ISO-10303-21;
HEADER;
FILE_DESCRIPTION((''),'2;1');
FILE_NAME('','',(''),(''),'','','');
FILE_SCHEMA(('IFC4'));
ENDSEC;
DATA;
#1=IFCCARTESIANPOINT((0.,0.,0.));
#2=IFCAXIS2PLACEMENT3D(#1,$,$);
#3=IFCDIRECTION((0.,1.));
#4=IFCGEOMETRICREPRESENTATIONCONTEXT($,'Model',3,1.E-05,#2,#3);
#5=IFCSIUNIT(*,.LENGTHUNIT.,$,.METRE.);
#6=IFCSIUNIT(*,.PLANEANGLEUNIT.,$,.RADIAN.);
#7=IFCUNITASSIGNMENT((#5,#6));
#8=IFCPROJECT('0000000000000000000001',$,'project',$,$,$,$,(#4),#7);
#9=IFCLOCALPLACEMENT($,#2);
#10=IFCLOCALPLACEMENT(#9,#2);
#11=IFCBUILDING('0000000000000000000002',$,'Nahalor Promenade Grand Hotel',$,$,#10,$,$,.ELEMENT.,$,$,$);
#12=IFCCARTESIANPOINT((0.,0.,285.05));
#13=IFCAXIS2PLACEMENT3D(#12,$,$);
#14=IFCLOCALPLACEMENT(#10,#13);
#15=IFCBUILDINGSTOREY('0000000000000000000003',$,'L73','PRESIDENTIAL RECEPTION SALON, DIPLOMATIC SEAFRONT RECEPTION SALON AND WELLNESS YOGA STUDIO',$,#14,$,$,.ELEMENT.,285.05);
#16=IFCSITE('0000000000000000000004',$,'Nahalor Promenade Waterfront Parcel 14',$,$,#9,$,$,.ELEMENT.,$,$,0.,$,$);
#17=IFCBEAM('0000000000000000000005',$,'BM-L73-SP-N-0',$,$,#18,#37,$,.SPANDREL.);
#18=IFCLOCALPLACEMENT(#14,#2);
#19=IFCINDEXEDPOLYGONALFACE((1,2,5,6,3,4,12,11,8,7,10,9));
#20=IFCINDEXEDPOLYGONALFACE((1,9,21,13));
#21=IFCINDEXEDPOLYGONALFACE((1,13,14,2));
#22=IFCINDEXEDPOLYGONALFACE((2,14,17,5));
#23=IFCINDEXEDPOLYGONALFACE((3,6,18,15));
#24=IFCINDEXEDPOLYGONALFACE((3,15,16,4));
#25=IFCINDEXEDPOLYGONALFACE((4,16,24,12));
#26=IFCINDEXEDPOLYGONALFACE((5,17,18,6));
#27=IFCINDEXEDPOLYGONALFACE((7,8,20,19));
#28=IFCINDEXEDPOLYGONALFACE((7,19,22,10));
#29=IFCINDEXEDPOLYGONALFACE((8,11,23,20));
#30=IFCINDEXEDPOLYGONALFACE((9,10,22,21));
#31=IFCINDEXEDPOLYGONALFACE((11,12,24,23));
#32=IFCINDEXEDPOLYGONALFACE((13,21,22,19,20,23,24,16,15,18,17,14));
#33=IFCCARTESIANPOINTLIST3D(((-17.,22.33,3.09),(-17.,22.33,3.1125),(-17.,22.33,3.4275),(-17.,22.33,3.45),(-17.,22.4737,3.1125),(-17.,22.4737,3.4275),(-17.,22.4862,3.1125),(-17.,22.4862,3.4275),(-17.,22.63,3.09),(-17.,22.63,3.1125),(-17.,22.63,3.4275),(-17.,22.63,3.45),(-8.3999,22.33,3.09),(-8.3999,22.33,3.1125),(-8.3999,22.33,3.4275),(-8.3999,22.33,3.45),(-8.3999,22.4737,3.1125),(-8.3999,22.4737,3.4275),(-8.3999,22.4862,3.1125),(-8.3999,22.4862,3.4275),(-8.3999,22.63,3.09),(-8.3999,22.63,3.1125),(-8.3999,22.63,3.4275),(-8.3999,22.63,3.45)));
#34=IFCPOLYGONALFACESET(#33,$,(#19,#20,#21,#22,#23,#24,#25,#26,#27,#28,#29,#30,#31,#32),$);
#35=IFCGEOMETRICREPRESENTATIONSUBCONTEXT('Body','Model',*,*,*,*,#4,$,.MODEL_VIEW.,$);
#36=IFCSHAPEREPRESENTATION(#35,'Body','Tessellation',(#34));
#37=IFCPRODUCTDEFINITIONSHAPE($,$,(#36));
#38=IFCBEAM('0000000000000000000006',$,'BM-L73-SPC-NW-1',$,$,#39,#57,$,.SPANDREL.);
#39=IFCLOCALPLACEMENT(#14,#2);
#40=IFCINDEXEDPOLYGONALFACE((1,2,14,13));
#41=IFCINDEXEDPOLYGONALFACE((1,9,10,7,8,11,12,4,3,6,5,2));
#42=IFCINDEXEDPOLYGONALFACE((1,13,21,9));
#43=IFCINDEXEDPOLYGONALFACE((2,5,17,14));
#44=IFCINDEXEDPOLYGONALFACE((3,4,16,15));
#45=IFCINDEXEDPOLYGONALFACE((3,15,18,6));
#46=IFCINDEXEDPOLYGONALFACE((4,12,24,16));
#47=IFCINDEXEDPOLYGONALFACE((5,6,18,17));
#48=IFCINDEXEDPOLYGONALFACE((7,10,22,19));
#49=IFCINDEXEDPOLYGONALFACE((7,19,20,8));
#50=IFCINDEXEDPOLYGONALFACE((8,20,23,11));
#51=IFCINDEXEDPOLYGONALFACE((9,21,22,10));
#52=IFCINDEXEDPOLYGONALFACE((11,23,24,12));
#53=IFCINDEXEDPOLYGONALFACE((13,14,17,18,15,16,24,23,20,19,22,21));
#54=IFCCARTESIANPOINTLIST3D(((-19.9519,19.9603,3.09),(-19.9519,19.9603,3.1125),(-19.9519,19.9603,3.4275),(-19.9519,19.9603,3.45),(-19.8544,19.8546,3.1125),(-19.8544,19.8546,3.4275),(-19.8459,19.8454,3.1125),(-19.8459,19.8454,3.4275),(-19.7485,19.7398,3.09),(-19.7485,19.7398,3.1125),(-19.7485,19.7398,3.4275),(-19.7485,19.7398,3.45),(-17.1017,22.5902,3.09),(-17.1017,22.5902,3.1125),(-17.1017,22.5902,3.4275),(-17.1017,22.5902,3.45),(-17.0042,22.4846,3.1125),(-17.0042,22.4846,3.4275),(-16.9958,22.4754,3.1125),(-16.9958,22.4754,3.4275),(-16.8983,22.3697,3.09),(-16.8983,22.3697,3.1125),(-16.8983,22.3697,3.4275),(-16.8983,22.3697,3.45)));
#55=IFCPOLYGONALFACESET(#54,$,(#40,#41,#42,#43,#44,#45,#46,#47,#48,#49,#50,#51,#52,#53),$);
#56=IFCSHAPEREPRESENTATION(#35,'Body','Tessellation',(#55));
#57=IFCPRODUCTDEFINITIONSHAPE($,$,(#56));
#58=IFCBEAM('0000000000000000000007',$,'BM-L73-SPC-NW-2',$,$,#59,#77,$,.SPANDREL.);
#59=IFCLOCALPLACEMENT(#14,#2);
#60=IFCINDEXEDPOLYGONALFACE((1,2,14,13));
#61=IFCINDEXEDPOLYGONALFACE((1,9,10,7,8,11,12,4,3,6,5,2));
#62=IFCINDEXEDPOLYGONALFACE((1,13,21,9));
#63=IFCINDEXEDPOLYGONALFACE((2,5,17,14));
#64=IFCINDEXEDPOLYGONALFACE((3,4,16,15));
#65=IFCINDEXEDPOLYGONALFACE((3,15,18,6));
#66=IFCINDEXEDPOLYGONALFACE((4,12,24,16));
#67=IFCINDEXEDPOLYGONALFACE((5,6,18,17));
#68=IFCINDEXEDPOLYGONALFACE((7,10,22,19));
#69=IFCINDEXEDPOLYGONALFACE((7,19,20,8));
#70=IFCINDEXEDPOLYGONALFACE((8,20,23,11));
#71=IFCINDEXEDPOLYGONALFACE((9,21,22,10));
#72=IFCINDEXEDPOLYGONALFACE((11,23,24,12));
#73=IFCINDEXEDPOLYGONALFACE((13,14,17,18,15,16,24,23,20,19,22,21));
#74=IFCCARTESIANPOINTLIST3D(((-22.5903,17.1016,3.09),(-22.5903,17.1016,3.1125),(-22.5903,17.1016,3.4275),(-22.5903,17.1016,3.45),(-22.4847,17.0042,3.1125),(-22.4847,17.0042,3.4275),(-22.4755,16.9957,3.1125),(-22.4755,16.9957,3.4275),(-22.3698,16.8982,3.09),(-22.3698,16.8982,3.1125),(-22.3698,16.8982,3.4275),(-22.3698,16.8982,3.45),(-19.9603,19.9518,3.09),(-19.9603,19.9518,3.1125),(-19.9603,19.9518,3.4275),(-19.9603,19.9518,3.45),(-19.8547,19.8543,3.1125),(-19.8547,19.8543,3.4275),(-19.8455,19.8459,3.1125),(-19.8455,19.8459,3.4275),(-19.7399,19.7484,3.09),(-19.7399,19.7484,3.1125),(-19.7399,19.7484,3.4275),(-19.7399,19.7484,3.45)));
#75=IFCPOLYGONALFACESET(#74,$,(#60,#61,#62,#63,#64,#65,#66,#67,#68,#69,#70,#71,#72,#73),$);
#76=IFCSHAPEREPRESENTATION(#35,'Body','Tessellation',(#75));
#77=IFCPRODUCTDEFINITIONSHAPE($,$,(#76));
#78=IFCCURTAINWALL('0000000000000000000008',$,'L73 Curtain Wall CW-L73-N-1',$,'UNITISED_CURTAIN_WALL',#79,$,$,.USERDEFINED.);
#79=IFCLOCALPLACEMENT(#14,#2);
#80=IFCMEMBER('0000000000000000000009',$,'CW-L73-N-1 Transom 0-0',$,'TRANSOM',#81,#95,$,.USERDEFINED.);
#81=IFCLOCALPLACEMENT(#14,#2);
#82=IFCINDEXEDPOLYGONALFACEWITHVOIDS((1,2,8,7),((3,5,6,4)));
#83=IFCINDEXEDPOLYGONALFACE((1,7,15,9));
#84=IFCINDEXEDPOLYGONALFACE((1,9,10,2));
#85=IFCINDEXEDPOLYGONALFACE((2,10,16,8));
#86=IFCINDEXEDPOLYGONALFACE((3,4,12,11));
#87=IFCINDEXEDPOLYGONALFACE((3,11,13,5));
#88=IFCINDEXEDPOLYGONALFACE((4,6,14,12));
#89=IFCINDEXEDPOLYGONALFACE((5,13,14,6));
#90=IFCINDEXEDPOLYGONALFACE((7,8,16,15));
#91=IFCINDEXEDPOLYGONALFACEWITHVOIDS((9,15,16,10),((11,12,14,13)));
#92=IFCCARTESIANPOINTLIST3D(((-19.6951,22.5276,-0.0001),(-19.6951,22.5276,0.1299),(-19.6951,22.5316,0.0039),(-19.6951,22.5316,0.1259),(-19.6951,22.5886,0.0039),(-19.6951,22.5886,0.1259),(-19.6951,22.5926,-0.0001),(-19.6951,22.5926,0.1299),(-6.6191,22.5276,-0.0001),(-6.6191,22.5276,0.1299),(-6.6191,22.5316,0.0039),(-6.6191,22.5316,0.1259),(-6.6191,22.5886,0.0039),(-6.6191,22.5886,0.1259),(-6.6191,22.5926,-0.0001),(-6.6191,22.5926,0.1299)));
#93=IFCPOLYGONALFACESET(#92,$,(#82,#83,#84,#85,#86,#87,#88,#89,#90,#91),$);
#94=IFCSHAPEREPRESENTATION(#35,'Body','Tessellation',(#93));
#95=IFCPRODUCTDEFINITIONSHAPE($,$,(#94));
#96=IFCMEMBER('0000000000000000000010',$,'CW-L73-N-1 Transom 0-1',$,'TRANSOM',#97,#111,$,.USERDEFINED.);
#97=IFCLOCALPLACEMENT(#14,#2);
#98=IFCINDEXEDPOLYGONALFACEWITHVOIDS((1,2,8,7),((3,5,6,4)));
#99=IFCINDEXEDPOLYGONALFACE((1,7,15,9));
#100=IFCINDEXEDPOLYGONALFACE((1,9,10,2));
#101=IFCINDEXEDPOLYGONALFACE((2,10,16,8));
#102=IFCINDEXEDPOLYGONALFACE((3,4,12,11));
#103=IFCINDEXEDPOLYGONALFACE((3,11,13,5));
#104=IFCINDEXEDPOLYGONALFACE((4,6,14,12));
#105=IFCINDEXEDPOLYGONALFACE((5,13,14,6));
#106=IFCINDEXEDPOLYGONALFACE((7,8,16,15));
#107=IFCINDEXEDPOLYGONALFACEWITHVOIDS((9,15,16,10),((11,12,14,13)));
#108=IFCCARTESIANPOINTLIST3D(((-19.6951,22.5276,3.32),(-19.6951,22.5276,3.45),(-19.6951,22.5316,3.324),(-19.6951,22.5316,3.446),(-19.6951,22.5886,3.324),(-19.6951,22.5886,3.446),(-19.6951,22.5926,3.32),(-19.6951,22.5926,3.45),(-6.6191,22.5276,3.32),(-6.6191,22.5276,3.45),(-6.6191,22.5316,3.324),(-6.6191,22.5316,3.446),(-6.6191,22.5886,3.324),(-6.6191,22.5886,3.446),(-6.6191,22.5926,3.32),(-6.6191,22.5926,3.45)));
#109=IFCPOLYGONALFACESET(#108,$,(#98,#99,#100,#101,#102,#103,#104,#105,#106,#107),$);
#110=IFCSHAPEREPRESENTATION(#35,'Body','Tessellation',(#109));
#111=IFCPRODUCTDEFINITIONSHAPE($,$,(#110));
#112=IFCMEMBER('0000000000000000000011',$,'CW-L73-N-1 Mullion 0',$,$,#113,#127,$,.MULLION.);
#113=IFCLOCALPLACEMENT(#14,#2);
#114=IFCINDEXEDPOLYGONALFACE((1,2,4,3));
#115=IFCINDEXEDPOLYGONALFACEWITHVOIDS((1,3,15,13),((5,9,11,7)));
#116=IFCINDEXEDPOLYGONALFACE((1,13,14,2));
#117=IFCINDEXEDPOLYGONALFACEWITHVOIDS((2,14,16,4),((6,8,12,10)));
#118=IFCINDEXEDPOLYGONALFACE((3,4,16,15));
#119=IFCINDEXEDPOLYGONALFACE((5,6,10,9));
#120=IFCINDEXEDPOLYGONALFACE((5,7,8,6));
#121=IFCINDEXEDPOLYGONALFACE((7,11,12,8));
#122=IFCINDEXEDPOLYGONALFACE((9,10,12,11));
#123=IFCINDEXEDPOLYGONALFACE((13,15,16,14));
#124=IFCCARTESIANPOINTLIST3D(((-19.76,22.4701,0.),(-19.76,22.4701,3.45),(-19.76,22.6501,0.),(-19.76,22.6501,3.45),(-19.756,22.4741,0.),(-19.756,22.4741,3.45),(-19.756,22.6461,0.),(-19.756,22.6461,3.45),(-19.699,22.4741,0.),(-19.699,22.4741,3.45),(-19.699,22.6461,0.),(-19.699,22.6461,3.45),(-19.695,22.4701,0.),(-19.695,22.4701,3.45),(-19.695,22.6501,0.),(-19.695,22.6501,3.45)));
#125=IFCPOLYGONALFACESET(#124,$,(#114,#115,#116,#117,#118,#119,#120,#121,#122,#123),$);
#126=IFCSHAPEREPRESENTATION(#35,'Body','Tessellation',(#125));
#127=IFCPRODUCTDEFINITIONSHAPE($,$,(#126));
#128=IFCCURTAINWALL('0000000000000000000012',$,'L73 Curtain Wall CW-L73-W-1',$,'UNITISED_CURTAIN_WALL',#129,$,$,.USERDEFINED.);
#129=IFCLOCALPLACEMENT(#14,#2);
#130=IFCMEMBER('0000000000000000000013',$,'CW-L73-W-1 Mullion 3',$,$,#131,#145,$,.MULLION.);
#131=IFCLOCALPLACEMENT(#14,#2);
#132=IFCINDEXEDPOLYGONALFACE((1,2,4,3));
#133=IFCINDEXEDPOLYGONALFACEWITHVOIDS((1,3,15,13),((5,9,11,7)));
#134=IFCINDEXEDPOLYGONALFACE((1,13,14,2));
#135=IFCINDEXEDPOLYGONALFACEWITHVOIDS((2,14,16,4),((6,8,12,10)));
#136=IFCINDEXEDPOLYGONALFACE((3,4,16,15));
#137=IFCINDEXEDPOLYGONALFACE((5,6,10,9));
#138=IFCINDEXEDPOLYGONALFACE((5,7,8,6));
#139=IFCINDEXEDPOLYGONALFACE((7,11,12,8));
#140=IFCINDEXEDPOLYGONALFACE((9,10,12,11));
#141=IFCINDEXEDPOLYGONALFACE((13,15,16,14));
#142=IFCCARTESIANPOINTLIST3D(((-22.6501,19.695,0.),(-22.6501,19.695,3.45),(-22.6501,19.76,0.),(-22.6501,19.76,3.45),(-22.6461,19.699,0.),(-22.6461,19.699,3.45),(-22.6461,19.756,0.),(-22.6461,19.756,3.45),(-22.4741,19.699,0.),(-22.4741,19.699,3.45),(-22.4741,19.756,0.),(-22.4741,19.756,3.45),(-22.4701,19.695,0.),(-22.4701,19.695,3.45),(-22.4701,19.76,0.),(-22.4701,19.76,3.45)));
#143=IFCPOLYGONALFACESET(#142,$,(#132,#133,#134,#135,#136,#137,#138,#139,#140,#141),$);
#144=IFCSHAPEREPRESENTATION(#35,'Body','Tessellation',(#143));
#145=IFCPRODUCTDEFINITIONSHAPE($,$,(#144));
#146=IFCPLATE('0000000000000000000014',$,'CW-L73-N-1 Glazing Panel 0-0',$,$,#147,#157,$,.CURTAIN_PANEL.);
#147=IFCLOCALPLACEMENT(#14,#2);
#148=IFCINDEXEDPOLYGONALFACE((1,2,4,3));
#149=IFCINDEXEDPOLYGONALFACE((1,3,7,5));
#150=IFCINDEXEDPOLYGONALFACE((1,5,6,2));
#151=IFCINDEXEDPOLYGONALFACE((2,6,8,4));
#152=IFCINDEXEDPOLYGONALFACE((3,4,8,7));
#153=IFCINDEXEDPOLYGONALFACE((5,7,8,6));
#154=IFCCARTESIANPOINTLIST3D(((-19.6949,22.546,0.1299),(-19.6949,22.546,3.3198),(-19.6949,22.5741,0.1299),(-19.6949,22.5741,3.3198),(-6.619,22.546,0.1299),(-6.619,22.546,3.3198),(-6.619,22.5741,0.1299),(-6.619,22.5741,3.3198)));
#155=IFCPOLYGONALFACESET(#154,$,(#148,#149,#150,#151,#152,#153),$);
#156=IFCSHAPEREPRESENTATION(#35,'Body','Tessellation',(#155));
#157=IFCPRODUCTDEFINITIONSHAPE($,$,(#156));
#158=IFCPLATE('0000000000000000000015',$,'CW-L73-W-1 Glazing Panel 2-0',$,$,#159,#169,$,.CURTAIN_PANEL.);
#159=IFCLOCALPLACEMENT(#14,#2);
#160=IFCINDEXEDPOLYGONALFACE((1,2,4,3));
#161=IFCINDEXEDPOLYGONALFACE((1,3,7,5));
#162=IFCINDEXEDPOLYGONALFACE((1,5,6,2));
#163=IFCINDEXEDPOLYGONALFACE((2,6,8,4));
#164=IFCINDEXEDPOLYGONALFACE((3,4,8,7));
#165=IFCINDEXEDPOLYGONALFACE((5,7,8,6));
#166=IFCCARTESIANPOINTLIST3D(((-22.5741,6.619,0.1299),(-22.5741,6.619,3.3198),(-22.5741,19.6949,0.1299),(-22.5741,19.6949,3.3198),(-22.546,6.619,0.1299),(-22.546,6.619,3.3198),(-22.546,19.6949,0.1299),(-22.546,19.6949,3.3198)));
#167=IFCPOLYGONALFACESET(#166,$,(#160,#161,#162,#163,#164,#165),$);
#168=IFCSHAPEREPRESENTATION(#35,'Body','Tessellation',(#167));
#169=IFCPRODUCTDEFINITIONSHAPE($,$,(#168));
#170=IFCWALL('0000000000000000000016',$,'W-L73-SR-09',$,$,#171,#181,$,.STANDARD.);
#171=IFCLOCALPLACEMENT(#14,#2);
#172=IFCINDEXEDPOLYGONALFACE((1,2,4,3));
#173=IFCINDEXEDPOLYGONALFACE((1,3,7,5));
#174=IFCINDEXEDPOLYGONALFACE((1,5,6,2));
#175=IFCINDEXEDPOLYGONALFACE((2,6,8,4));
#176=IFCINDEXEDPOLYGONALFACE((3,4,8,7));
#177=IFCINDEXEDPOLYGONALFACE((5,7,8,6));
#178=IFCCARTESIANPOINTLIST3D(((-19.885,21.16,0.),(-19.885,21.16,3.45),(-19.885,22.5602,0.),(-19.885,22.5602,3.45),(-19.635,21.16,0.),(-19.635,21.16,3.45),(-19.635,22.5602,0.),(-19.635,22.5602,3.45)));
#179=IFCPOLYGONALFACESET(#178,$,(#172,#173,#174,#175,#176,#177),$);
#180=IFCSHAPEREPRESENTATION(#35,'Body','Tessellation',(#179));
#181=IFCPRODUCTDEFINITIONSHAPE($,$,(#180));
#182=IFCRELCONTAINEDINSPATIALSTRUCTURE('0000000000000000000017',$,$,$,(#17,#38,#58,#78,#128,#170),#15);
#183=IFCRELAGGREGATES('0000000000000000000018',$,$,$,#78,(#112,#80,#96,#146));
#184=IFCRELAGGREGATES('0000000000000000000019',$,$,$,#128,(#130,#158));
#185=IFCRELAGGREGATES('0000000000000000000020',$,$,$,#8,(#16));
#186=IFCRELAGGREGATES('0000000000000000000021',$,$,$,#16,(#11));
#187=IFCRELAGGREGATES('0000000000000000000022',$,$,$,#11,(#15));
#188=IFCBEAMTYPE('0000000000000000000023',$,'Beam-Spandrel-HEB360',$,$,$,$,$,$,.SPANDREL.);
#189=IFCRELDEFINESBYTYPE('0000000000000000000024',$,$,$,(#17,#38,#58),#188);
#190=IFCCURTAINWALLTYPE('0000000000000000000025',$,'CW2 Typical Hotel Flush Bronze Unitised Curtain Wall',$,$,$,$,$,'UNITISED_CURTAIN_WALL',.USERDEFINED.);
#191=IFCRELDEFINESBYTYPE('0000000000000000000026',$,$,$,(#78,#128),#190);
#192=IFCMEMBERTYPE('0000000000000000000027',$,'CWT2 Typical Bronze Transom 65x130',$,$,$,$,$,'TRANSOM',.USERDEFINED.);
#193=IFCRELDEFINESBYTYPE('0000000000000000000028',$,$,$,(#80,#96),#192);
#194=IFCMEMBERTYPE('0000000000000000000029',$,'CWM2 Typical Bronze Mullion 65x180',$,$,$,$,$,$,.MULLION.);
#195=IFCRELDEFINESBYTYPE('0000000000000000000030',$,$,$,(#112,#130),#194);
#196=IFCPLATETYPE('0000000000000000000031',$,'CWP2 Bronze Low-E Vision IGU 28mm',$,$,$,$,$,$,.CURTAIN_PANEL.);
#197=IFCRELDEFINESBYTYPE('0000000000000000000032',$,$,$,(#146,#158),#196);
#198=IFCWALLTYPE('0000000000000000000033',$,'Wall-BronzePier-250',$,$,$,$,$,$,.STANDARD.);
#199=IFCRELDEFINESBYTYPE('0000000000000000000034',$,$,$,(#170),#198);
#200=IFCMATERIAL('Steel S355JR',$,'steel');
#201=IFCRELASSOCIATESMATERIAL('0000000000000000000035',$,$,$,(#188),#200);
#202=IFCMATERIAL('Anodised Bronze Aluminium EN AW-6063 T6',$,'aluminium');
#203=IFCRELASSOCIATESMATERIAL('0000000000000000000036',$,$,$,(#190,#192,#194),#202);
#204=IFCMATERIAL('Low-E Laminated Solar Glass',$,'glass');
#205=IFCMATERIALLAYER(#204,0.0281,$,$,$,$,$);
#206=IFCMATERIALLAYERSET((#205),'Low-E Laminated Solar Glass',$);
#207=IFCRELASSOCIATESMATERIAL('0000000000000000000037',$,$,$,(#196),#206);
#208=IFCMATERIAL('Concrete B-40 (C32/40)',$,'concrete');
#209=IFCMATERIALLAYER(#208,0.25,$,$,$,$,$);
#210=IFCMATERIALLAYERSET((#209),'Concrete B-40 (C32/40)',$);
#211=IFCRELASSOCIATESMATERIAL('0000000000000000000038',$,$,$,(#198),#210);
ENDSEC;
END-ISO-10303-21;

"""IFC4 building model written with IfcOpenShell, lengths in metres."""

from ifc_helpers import new_model, si_unit, direction, frame, frame_2d, origin, origin_2d, place, context, subcontext, project, spatial, rectangle, hollow_rectangle, i_section, extrude, source, transform, mapped, material, layer, layer_set, material_profile, profile_set, type_object, element, aggregate, save


model = new_model("IFC4")

# Units and contexts
model_context = context("Model", 3, precision=1e-05, world=origin(), true_north=direction((0.0, 1.0)))
body_context = subcontext(model_context, "Body", "Model", "MODEL_VIEW")
ifc_project = project(units=[si_unit("LENGTHUNIT", "METRE"), si_unit("PLANEANGLEUNIT", "RADIAN")], contexts=[model_context])

# Site, building, storey
site_placement = place(None, origin())
site = spatial("IfcSite", under=ifc_project, at=site_placement, Name="Nahalor Promenade Waterfront Parcel 14", CompositionType="ELEMENT", RefElevation=0.0)
building_placement = place(site_placement, origin())
building = spatial("IfcBuilding", under=site, at=building_placement, Name="Nahalor Promenade Grand Hotel", CompositionType="ELEMENT")
storey_placement = place(building_placement, frame((0.0, 0.0, 285.05)))
storey = spatial("IfcBuildingStorey", under=building, at=storey_placement, Name="L73", Description="PRESIDENTIAL RECEPTION SALON, DIPLOMATIC SEAFRONT RECEPTION SALON AND WELLNESS YOGA STUDIO", CompositionType="ELEMENT", Elevation=285.05)

# Shared definitions
ifc_material_1 = material(Name="Steel S355JR", Category="steel")

# Beams
ifc_material_profile_1 = material_profile(ifc_material_1, i_section(OverallWidth=0.3, OverallDepth=0.36, WebThickness=0.0125, FlangeThickness=0.0225, at=origin_2d()), Name="HEB 360")
ifc_profile_set_1 = profile_set([ifc_material_profile_1], Name="Steel S355JR")
beam_type_1 = type_object("IfcBeamType", Name="Beam-Spandrel-HEB360", PredefinedType="SPANDREL", material=ifc_profile_set_1)
shared_shape_1 = source(origin(), body_context, "Body", "SweptSolid", [
    extrude(i_section(OverallWidth=0.3, OverallDepth=0.36, WebThickness=0.0125, FlangeThickness=0.0225, at=origin_2d()), origin(), (0.0, 0.0, 1.0), 8.6001),
])
beam_1_placement = place(storey_placement, frame((-17.0, 22.48, 3.27), z_axis=(1.0, 0.0, 0.0), x_axis=(0.0, 1.0, 0.0)))
element("IfcBeam", 1, at=beam_1_placement, inside=storey, type_object=beam_type_1, Name="BM-L73-SP-N-0", PredefinedType="SPANDREL", context=body_context, shape_type="MappedRepresentation", body=[
    mapped(shared_shape_1, transform((0.0, 0.0, 0.0), scale=1.0)),
])
shared_shape_2 = source(origin(), body_context, "Body", "SweptSolid", [
    extrude(i_section(OverallWidth=0.3, OverallDepth=0.36, WebThickness=0.0125, FlangeThickness=0.0225, at=origin_2d()), origin(), (0.0, 0.0, 1.0), 3.8782),
])
for number, where, z_axis, x_axis, name in (
    (2, (-17.0, 22.48, 3.27), (-0.734929, -0.678144, 0.0), (0.678144, -0.734929, 0.0), "BM-L73-SPC-NW-1"),
    (3, (-19.8501, 19.8501, 3.27), (-0.678144, -0.734929, 0.0), (0.734929, -0.678144, 0.0), "BM-L73-SPC-NW-2"),
):
    element("IfcBeam", number, at=place(storey_placement, frame(where, z_axis=z_axis, x_axis=x_axis)), inside=storey, type_object=beam_type_1, Name=name, PredefinedType="SPANDREL", context=body_context, shape_type="MappedRepresentation", body=[
        mapped(shared_shape_2, transform((0.0, 0.0, 0.0), scale=1.0)),
    ])

# Curtain wall, members
ifc_material_2 = material(Name="Anodised Bronze Aluminium EN AW-6063 T6", Category="aluminium")
curtain_wall_type = type_object("IfcCurtainWallType", Name="CW2 Typical Hotel Flush Bronze Unitised Curtain Wall", ElementType="UNITISED_CURTAIN_WALL", PredefinedType="USERDEFINED", material=ifc_material_2)
curtain_wall_1_placement = place(storey_placement, origin())
curtain_wall_1 = element("IfcCurtainWall", 4, at=curtain_wall_1_placement, inside=storey, type_object=curtain_wall_type, Name="L73 Curtain Wall CW-L73-N-1", ObjectType="UNITISED_CURTAIN_WALL", PredefinedType="USERDEFINED")
ifc_material_profile_2 = material_profile(ifc_material_2, hollow_rectangle(XDim=0.065, YDim=0.13, WallThickness=0.004, at=origin_2d()), Name="CWT 65x130x4")
ifc_profile_set_2 = profile_set([ifc_material_profile_2], Name="Anodised Bronze Aluminium EN AW-6063 T6")
member_type_1 = type_object("IfcMemberType", Name="CWT2 Typical Bronze Transom 65x130", ElementType="TRANSOM", PredefinedType="USERDEFINED", material=ifc_profile_set_2)
shared_shape_3 = source(origin(), body_context, "Body", "SweptSolid", [
    extrude(hollow_rectangle(XDim=0.065, YDim=0.13, WallThickness=0.004, at=origin_2d()), origin(), (0.0, 0.0, 1.0), 13.0759),
])
member_1_placement = place(storey_placement, frame((-19.6951, 22.5601, 0.0649), z_axis=(1.0, 0.0, 0.0), x_axis=(0.0, 1.0, 0.0)))
member_1 = element("IfcMember", 5, at=member_1_placement, type_object=member_type_1, Name="CW-L73-N-1 Transom 0-0", ObjectType="TRANSOM", PredefinedType="USERDEFINED", context=body_context, shape_type="MappedRepresentation", body=[
    mapped(shared_shape_3, transform((0.0, 0.0, 0.0), scale=1.0)),
])
member_2_placement = place(storey_placement, frame((-19.6951, 22.5601, 3.385), z_axis=(1.0, 0.0, 0.0), x_axis=(0.0, 1.0, 0.0)))
member_2 = element("IfcMember", 6, at=member_2_placement, type_object=member_type_1, Name="CW-L73-N-1 Transom 0-1", ObjectType="TRANSOM", PredefinedType="USERDEFINED", context=body_context, shape_type="MappedRepresentation", body=[
    mapped(shared_shape_3, transform((0.0, 0.0, 0.0), scale=1.0)),
])
ifc_material_profile_3 = material_profile(ifc_material_2, hollow_rectangle(XDim=0.065, YDim=0.18, WallThickness=0.004, at=origin_2d()), Name="CWM 65x180x4")
ifc_profile_set_3 = profile_set([ifc_material_profile_3], Name="Anodised Bronze Aluminium EN AW-6063 T6")
member_type_2 = type_object("IfcMemberType", Name="CWM2 Typical Bronze Mullion 65x180", PredefinedType="MULLION", material=ifc_profile_set_3)
shared_shape_4 = source(origin(), body_context, "Body", "SweptSolid", [
    extrude(hollow_rectangle(XDim=0.065, YDim=0.18, WallThickness=0.004, at=origin_2d()), origin(), (0.0, 0.0, 1.0), 3.45),
])
member_3_placement = place(storey_placement, frame((-19.7275, 22.5601, 0.0), z_axis=(0.0, 0.0, 1.0), x_axis=(1.0, 0.0, 0.0)))
member_3 = element("IfcMember", 7, at=member_3_placement, type_object=member_type_2, Name="CW-L73-N-1 Mullion 0", PredefinedType="MULLION", context=body_context, shape_type="MappedRepresentation", body=[
    mapped(shared_shape_4, transform((0.0, 0.0, 0.0), scale=1.0)),
])

# Curtain wall, member
curtain_wall_2_placement = place(storey_placement, origin())
curtain_wall_2 = element("IfcCurtainWall", 8, at=curtain_wall_2_placement, inside=storey, type_object=curtain_wall_type, Name="L73 Curtain Wall CW-L73-W-1", ObjectType="UNITISED_CURTAIN_WALL", PredefinedType="USERDEFINED")
member_4_placement = place(storey_placement, frame((-22.5601, 19.7275, 0.0), z_axis=(0.0, 0.0, 1.0), x_axis=(0.0, 1.0, 0.0)))
member_4 = element("IfcMember", 9, at=member_4_placement, type_object=member_type_2, Name="CW-L73-W-1 Mullion 3", PredefinedType="MULLION", context=body_context, shape_type="MappedRepresentation", body=[
    mapped(shared_shape_4, transform((0.0, 0.0, 0.0), scale=1.0)),
])

# Plates
ifc_material_3 = material(Name="Low-E Laminated Solar Glass", Category="glass")
ifc_layer_1 = layer(ifc_material_3, 0.0281)
ifc_layer_set_1 = layer_set([ifc_layer_1], Name="Low-E Laminated Solar Glass")
plate_type = type_object("IfcPlateType", Name="CWP2 Bronze Low-E Vision IGU 28mm", PredefinedType="CURTAIN_PANEL", material=ifc_layer_set_1)
shared_shape_5 = source(origin(), body_context, "Body", "SweptSolid", [
    extrude(rectangle(XDim=13.0759, YDim=0.0281, at=origin_2d()), origin(), (0.0, 0.0, 1.0), 3.1899),
])
plate_1_placement = place(storey_placement, frame((-13.157, 22.5601, 0.1299), z_axis=(0.0, 0.0, 1.0), x_axis=(1.0, 0.0, 0.0)))
plate_1 = element("IfcPlate", 10, at=plate_1_placement, type_object=plate_type, Name="CW-L73-N-1 Glazing Panel 0-0", PredefinedType="CURTAIN_PANEL", context=body_context, shape_type="MappedRepresentation", body=[
    mapped(shared_shape_5, transform((0.0, 0.0, 0.0), scale=1.0)),
])
aggregate(curtain_wall_1, [member_3, member_1, member_2, plate_1])
plate_2_placement = place(storey_placement, frame((-22.5601, 13.157, 0.1299), z_axis=(0.0, 0.0, 1.0), x_axis=(0.0, 1.0, 0.0)))
plate_2 = element("IfcPlate", 11, at=plate_2_placement, type_object=plate_type, Name="CW-L73-W-1 Glazing Panel 2-0", PredefinedType="CURTAIN_PANEL", context=body_context, shape_type="MappedRepresentation", body=[
    mapped(shared_shape_5, transform((0.0, 0.0, 0.0), scale=1.0)),
])
aggregate(curtain_wall_2, [member_4, plate_2])

# Wall
ifc_material_4 = material(Name="Concrete B-40 (C32/40)", Category="concrete")
ifc_layer_2 = layer(ifc_material_4, 0.25)
ifc_layer_set_2 = layer_set([ifc_layer_2], Name="Concrete B-40 (C32/40)")
wall_type = type_object("IfcWallType", Name="Wall-BronzePier-250", PredefinedType="STANDARD", material=ifc_layer_set_2)
shared_shape_6 = source(origin(), body_context, "Body", "SweptSolid", [
    extrude(rectangle(XDim=1.4001, YDim=0.25, at=frame_2d((0.7002, 0.0))), origin(), (0.0, 0.0, 1.0), 3.45),
])
for number, where, z_axis, x_axis, name in (
    (12, (-19.76, 21.1599, 0.0), (0.0, 0.0, 1.0), (0.0, 1.0, 0.0), "W-L73-SR-09"),
):
    element("IfcWall", number, at=place(storey_placement, frame(where, z_axis=z_axis, x_axis=x_axis)), inside=storey, type_object=wall_type, Name=name, PredefinedType="STANDARD", context=body_context, shape_type="MappedRepresentation", body=[
        mapped(shared_shape_6, transform((0.0, 0.0, 0.0), scale=1.0)),
    ])

save(model, "model.ifc")
